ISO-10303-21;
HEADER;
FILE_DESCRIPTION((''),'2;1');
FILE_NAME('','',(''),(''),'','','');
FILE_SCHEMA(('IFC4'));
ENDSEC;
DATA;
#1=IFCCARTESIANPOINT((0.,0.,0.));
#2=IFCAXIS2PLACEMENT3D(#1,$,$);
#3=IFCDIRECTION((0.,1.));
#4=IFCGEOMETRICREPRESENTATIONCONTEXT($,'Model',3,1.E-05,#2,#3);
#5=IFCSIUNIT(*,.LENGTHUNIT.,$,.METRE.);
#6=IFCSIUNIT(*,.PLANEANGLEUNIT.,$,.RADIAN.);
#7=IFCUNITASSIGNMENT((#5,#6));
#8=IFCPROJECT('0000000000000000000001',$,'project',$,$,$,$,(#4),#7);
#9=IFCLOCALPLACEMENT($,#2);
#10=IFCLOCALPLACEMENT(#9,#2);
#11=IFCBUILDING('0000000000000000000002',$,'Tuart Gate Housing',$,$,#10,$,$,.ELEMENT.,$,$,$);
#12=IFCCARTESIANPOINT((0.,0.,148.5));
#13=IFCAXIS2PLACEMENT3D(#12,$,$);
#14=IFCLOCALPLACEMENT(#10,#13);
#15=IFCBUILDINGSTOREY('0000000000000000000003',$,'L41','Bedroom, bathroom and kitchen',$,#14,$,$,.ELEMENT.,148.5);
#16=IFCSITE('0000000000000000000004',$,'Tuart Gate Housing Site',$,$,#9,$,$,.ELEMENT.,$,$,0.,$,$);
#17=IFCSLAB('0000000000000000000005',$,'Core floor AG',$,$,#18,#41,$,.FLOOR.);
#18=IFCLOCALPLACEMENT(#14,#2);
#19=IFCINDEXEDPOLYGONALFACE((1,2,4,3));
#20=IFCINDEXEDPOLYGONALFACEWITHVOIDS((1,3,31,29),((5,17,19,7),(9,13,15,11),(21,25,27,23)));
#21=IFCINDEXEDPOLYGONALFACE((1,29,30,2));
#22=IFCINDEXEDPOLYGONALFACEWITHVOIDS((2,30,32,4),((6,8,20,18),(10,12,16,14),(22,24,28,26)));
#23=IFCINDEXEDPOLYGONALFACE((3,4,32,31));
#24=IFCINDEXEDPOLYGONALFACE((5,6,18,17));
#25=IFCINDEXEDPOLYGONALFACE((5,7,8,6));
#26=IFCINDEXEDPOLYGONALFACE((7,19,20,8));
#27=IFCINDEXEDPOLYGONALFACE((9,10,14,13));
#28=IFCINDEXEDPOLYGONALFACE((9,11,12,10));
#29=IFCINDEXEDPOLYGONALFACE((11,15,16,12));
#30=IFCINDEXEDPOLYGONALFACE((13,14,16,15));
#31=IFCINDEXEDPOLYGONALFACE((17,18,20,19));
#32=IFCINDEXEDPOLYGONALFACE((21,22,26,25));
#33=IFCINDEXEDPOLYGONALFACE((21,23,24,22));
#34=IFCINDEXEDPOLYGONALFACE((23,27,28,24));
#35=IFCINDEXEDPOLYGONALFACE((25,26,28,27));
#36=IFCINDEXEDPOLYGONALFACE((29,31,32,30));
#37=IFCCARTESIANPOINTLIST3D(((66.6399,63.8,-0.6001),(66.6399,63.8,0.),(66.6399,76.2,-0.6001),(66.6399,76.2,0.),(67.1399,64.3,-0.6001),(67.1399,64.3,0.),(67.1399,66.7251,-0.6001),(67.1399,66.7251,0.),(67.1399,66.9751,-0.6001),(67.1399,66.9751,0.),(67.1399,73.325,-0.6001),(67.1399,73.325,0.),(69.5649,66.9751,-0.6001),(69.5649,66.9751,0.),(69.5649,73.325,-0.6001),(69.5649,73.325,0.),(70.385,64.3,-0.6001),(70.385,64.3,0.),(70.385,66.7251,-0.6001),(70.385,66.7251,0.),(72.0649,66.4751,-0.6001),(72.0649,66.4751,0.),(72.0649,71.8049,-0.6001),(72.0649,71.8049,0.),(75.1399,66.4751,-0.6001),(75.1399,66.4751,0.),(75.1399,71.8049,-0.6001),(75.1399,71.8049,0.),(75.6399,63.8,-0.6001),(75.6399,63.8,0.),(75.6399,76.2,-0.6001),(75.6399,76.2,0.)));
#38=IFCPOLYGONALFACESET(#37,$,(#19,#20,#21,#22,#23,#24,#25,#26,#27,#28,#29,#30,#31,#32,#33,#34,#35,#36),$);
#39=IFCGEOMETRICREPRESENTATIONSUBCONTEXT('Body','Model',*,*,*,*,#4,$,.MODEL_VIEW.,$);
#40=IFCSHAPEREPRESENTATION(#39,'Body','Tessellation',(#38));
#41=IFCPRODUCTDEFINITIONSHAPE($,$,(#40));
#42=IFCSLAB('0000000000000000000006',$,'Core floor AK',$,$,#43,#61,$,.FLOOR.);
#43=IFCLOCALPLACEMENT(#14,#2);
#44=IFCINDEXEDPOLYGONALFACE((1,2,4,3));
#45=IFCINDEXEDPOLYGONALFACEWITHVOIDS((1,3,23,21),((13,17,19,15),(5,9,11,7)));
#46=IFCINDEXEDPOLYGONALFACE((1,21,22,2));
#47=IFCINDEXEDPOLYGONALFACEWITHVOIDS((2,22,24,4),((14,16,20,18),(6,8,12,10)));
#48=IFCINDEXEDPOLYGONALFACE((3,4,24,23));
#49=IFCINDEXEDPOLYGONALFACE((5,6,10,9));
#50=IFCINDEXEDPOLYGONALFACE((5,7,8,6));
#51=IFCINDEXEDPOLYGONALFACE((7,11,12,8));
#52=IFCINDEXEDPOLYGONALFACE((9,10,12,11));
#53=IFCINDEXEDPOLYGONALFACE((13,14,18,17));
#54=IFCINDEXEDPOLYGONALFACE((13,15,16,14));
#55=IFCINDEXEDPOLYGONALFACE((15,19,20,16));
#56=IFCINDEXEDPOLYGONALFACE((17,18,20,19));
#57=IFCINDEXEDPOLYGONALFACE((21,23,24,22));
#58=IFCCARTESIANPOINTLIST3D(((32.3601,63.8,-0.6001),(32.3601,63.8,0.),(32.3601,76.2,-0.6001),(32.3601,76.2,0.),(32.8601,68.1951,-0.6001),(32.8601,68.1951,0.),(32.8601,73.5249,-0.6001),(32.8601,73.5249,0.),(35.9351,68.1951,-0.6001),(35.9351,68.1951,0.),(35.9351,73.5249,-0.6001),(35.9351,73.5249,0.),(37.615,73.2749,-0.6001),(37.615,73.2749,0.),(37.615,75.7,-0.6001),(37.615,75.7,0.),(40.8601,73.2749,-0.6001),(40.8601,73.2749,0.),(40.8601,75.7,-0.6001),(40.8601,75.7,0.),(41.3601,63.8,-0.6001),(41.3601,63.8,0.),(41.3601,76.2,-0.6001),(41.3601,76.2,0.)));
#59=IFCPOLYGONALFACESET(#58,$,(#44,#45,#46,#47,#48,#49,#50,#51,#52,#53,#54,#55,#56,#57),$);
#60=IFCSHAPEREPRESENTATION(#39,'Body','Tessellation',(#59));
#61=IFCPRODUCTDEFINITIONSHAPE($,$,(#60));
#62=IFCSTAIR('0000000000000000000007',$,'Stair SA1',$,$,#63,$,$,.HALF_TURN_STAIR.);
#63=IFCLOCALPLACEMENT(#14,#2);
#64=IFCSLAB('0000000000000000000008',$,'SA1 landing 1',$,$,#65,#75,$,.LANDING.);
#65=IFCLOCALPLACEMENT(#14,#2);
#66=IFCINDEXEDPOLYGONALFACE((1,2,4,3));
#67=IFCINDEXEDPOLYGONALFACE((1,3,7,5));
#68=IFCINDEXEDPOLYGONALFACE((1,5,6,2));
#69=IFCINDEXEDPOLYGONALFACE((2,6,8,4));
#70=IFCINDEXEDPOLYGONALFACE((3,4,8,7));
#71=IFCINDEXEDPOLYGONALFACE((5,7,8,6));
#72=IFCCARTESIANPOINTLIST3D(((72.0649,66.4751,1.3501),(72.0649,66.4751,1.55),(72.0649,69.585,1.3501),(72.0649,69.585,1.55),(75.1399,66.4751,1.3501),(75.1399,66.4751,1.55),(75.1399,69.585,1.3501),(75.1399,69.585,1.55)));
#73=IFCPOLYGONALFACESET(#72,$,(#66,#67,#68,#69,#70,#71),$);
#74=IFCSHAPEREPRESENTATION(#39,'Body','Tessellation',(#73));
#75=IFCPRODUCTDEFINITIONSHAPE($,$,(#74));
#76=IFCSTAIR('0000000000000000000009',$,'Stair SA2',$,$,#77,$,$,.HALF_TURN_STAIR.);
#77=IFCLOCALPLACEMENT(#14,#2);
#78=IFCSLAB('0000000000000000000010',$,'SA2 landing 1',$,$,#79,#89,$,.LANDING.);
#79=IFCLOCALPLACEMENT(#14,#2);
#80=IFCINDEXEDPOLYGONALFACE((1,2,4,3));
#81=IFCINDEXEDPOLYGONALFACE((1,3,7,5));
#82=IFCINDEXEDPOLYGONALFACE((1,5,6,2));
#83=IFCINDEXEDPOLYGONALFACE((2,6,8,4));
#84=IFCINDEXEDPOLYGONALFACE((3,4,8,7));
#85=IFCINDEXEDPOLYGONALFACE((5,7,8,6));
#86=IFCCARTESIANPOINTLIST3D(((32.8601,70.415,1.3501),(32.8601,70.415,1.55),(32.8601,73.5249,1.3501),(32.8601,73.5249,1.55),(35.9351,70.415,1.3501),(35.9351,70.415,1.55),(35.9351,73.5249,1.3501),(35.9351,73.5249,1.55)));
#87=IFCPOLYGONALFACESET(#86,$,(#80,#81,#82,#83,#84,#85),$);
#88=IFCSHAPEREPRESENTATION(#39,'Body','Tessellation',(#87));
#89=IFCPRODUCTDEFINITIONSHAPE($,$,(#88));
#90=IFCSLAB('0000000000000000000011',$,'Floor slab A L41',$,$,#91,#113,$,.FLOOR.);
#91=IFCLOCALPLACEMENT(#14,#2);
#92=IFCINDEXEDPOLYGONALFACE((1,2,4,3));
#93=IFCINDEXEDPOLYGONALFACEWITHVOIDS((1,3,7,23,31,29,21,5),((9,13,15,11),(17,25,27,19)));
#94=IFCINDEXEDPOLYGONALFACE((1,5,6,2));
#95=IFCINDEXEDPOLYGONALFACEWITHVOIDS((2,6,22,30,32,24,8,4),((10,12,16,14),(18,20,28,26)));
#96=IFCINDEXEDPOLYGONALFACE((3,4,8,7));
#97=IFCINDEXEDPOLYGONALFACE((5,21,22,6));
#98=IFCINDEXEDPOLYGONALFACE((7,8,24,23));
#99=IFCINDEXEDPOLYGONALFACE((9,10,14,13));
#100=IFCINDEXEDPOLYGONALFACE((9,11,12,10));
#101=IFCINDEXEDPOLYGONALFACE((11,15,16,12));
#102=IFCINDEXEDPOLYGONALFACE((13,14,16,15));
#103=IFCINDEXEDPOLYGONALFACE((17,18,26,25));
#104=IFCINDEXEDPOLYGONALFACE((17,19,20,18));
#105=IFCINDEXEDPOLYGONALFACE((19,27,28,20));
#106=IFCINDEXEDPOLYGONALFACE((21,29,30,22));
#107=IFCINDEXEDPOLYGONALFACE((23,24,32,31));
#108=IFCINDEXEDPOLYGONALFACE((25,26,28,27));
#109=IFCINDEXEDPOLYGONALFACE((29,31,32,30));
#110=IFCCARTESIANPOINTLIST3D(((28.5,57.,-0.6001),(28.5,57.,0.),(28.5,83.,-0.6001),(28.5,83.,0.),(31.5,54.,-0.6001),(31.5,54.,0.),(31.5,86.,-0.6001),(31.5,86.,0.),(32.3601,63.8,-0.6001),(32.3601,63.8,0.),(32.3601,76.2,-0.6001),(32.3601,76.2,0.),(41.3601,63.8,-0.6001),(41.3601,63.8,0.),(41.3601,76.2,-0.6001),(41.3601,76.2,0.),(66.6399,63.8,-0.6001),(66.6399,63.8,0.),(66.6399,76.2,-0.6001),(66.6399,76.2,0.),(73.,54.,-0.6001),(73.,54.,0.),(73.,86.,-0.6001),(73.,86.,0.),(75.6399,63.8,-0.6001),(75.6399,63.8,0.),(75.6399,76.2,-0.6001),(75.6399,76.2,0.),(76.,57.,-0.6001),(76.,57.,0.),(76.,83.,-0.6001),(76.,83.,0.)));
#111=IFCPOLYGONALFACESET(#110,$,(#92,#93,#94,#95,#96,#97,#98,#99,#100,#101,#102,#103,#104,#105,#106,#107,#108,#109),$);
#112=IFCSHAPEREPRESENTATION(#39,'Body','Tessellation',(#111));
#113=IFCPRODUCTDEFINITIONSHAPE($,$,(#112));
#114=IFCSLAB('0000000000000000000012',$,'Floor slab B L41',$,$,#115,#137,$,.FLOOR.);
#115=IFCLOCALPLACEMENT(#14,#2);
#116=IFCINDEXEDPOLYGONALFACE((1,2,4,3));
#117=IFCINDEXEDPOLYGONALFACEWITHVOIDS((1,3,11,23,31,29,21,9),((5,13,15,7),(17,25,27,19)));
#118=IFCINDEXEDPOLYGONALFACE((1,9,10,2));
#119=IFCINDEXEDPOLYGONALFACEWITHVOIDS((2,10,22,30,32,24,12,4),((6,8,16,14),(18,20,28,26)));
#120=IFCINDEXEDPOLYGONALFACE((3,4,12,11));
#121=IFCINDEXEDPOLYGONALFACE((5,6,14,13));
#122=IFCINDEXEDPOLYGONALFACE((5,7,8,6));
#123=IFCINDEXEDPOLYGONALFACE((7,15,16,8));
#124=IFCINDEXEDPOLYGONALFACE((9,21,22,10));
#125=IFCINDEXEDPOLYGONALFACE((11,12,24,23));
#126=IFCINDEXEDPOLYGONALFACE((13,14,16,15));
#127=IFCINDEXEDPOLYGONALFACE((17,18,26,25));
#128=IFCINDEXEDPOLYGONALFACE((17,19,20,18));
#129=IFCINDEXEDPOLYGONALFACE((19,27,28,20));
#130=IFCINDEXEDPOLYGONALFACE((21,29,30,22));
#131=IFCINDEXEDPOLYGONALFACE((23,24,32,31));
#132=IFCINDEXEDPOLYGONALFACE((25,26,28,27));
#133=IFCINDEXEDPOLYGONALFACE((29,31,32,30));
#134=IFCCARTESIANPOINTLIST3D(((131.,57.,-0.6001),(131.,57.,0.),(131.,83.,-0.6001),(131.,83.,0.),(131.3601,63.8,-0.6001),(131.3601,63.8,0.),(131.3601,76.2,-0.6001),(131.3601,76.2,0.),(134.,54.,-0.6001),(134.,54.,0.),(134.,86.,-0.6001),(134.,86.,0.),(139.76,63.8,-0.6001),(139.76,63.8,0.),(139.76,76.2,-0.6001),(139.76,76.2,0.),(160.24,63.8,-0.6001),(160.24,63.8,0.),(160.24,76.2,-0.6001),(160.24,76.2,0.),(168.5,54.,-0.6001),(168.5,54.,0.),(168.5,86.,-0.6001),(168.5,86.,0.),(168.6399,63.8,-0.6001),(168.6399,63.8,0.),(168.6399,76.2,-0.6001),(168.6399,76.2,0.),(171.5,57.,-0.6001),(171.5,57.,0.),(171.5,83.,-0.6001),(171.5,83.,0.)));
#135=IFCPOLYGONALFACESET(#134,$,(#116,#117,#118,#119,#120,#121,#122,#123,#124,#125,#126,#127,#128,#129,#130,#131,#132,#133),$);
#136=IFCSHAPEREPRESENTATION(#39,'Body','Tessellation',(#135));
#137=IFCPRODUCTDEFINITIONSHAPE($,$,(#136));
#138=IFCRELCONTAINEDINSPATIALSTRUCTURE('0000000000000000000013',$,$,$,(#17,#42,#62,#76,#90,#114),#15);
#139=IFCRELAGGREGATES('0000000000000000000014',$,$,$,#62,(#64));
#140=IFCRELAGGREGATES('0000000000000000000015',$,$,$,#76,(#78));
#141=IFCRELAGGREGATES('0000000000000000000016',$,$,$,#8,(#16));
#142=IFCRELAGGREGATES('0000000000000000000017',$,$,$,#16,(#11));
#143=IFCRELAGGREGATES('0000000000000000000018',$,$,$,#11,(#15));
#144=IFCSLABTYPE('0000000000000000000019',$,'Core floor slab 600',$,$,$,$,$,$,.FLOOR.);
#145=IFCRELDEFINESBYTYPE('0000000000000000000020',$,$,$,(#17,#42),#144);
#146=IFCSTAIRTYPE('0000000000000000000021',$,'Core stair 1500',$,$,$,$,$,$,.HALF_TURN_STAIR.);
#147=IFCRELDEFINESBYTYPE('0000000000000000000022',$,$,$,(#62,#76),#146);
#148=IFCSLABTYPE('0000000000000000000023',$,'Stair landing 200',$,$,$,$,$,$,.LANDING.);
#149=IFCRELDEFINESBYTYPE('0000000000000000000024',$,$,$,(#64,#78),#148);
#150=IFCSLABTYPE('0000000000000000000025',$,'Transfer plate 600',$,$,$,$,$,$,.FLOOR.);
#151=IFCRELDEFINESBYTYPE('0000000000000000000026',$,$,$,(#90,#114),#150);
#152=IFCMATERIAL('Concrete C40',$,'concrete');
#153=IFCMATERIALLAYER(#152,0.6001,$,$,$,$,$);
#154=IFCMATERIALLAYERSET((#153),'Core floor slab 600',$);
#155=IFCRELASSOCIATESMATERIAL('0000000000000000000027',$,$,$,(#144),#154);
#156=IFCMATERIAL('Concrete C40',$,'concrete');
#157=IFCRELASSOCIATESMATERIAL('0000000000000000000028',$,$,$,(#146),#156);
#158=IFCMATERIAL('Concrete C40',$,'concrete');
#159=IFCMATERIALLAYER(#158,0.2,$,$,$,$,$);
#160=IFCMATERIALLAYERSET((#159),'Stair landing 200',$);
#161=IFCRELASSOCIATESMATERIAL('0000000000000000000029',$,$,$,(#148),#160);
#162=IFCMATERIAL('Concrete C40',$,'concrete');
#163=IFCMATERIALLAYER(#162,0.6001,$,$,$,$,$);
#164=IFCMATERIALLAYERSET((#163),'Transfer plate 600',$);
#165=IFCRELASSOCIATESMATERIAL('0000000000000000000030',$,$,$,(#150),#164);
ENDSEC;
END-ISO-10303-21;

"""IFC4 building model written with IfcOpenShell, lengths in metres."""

from ifc_helpers import new_model, si_unit, direction, frame, origin, place, context, subcontext, project, spatial, polyline, outline, extrude, material, layer, layer_set, type_object, element, aggregate, save


model = new_model("IFC4")

# Units and contexts
model_context = context("Model", 3, precision=1e-05, world=origin(), true_north=direction((0.0, 1.0)))
body_context = subcontext(model_context, "Body", "Model", "MODEL_VIEW")
ifc_project = project(units=[si_unit("LENGTHUNIT", "METRE"), si_unit("PLANEANGLEUNIT", "RADIAN")], contexts=[model_context])

# Site, building, storey
site_placement = place(None, origin())
site = spatial("IfcSite", under=ifc_project, at=site_placement, Name="Tuart Gate Housing Site", CompositionType="ELEMENT", RefElevation=0.0)
building_placement = place(site_placement, origin())
building = spatial("IfcBuilding", under=site, at=building_placement, Name="Tuart Gate Housing", CompositionType="ELEMENT")
storey_placement = place(building_placement, frame((0.0, 0.0, 148.5)))
storey = spatial("IfcBuildingStorey", under=building, at=storey_placement, Name="L41", Description="Bedroom, bathroom and kitchen", CompositionType="ELEMENT", Elevation=148.5)

# Slabs
ifc_material_1 = material(Name="Concrete C40", Category="concrete")
ifc_layer_1 = layer(ifc_material_1, 0.6001)
ifc_layer_set_1 = layer_set([ifc_layer_1], Name="Core floor slab 600")
slab_type_1 = type_object("IfcSlabType", Name="Core floor slab 600", PredefinedType="FLOOR", material=ifc_layer_set_1)
slab_1_placement = place(storey_placement, frame((0.0, 0.0, -0.6001)))
element("IfcSlab", 1, at=slab_1_placement, inside=storey, type_object=slab_type_1, Name="Core floor AG", PredefinedType="FLOOR", context=body_context, shape_type="SweptSolid", body=[
    extrude(outline(polyline([(66.6399, 63.8), (75.6399, 63.8), (75.6399, 76.2), (66.6399, 76.2), (66.6399, 63.8)]), holes=[polyline([(67.1399, 64.3), (70.385, 64.3), (70.385, 66.7251), (67.1399, 66.7251), (67.1399, 64.3)]), polyline([(67.1399, 66.9751), (69.5649, 66.9751), (69.5649, 73.325), (67.1399, 73.325), (67.1399, 66.9751)]), polyline([(72.0649, 66.4751), (75.1399, 66.4751), (75.1399, 71.8049), (72.0649, 71.8049), (72.0649, 66.4751)])]), origin(), (0.0, 0.0, 1.0), 0.6001),
])
slab_2_placement = place(storey_placement, frame((0.0, 0.0, -0.6001)))
element("IfcSlab", 2, at=slab_2_placement, inside=storey, type_object=slab_type_1, Name="Core floor AK", PredefinedType="FLOOR", context=body_context, shape_type="SweptSolid", body=[
    extrude(outline(polyline([(32.3601, 63.8), (41.3601, 63.8), (41.3601, 76.2), (32.3601, 76.2), (32.3601, 63.8)]), holes=[polyline([(40.8601, 75.7), (37.615, 75.7), (37.615, 73.2749), (40.8601, 73.2749), (40.8601, 75.7)]), polyline([(35.9351, 73.5249), (32.8601, 73.5249), (32.8601, 68.1951), (35.9351, 68.1951), (35.9351, 73.5249)])]), origin(), (0.0, 0.0, 1.0), 0.6001),
])

# Stairs, slabs
ifc_material_2 = material(Name="Concrete C40", Category="concrete")
stair_type = type_object("IfcStairType", Name="Core stair 1500", PredefinedType="HALF_TURN_STAIR", material=ifc_material_2)
stair_1_placement = place(storey_placement, origin())
stair_1 = element("IfcStair", 3, at=stair_1_placement, inside=storey, type_object=stair_type, Name="Stair SA1", PredefinedType="HALF_TURN_STAIR")
ifc_material_3 = material(Name="Concrete C40", Category="concrete")
ifc_layer_2 = layer(ifc_material_3, 0.2)
ifc_layer_set_2 = layer_set([ifc_layer_2], Name="Stair landing 200")
slab_type_2 = type_object("IfcSlabType", Name="Stair landing 200", PredefinedType="LANDING", material=ifc_layer_set_2)
slab_3_placement = place(storey_placement, frame((0.0, 0.0, 1.3501)))
slab_3 = element("IfcSlab", 4, at=slab_3_placement, type_object=slab_type_2, Name="SA1 landing 1", PredefinedType="LANDING", context=body_context, shape_type="SweptSolid", body=[
    extrude(outline(polyline([(72.0649, 66.4751), (75.1399, 66.4751), (75.1399, 69.585), (72.0649, 69.585), (72.0649, 66.4751)])), origin(), (0.0, 0.0, 1.0), 0.2),
])
aggregate(stair_1, [slab_3])
stair_2_placement = place(storey_placement, origin())
stair_2 = element("IfcStair", 5, at=stair_2_placement, inside=storey, type_object=stair_type, Name="Stair SA2", PredefinedType="HALF_TURN_STAIR")
slab_4_placement = place(storey_placement, frame((0.0, 0.0, 1.3501)))
slab_4 = element("IfcSlab", 6, at=slab_4_placement, type_object=slab_type_2, Name="SA2 landing 1", PredefinedType="LANDING", context=body_context, shape_type="SweptSolid", body=[
    extrude(outline(polyline([(35.9351, 73.5249), (32.8601, 73.5249), (32.8601, 70.415), (35.9351, 70.415), (35.9351, 73.5249)])), origin(), (0.0, 0.0, 1.0), 0.2),
])
aggregate(stair_2, [slab_4])

# Slabs
ifc_material_4 = material(Name="Concrete C40", Category="concrete")
ifc_layer_3 = layer(ifc_material_4, 0.6001)
ifc_layer_set_3 = layer_set([ifc_layer_3], Name="Transfer plate 600")
slab_type_3 = type_object("IfcSlabType", Name="Transfer plate 600", PredefinedType="FLOOR", material=ifc_layer_set_3)
slab_5_placement = place(storey_placement, frame((0.0, 0.0, -0.6001)))
element("IfcSlab", 7, at=slab_5_placement, inside=storey, type_object=slab_type_3, Name="Floor slab A L41", PredefinedType="FLOOR", context=body_context, shape_type="SweptSolid", body=[
    extrude(outline(polyline([(31.5, 86.0), (28.5, 83.0), (28.5, 57.0), (31.5, 54.0), (73.0, 54.0), (76.0, 57.0), (76.0, 83.0), (73.0, 86.0), (31.5, 86.0)]), holes=[polyline([(66.6399, 76.2), (75.6399, 76.2), (75.6399, 63.8), (66.6399, 63.8), (66.6399, 76.2)]), polyline([(41.3601, 76.2), (41.3601, 63.8), (32.3601, 63.8), (32.3601, 76.2), (41.3601, 76.2)])]), origin(), (0.0, 0.0, 1.0), 0.6001),
])
slab_6_placement = place(storey_placement, frame((0.0, 0.0, -0.6001)))
element("IfcSlab", 8, at=slab_6_placement, inside=storey, type_object=slab_type_3, Name="Floor slab B L41", PredefinedType="FLOOR", context=body_context, shape_type="SweptSolid", body=[
    extrude(outline(polyline([(134.0, 86.0), (131.0, 83.0), (131.0, 57.0), (134.0, 54.0), (168.5, 54.0), (171.5, 57.0), (171.5, 83.0), (168.5, 86.0), (134.0, 86.0)]), holes=[polyline([(131.3601, 76.2), (139.76, 76.2), (139.76, 63.8), (131.3601, 63.8), (131.3601, 76.2)]), polyline([(168.6399, 76.2), (168.6399, 63.8), (160.24, 63.8), (160.24, 76.2), (168.6399, 76.2)])]), origin(), (0.0, 0.0, 1.0), 0.6001),
])

save(model, "model.ifc")
